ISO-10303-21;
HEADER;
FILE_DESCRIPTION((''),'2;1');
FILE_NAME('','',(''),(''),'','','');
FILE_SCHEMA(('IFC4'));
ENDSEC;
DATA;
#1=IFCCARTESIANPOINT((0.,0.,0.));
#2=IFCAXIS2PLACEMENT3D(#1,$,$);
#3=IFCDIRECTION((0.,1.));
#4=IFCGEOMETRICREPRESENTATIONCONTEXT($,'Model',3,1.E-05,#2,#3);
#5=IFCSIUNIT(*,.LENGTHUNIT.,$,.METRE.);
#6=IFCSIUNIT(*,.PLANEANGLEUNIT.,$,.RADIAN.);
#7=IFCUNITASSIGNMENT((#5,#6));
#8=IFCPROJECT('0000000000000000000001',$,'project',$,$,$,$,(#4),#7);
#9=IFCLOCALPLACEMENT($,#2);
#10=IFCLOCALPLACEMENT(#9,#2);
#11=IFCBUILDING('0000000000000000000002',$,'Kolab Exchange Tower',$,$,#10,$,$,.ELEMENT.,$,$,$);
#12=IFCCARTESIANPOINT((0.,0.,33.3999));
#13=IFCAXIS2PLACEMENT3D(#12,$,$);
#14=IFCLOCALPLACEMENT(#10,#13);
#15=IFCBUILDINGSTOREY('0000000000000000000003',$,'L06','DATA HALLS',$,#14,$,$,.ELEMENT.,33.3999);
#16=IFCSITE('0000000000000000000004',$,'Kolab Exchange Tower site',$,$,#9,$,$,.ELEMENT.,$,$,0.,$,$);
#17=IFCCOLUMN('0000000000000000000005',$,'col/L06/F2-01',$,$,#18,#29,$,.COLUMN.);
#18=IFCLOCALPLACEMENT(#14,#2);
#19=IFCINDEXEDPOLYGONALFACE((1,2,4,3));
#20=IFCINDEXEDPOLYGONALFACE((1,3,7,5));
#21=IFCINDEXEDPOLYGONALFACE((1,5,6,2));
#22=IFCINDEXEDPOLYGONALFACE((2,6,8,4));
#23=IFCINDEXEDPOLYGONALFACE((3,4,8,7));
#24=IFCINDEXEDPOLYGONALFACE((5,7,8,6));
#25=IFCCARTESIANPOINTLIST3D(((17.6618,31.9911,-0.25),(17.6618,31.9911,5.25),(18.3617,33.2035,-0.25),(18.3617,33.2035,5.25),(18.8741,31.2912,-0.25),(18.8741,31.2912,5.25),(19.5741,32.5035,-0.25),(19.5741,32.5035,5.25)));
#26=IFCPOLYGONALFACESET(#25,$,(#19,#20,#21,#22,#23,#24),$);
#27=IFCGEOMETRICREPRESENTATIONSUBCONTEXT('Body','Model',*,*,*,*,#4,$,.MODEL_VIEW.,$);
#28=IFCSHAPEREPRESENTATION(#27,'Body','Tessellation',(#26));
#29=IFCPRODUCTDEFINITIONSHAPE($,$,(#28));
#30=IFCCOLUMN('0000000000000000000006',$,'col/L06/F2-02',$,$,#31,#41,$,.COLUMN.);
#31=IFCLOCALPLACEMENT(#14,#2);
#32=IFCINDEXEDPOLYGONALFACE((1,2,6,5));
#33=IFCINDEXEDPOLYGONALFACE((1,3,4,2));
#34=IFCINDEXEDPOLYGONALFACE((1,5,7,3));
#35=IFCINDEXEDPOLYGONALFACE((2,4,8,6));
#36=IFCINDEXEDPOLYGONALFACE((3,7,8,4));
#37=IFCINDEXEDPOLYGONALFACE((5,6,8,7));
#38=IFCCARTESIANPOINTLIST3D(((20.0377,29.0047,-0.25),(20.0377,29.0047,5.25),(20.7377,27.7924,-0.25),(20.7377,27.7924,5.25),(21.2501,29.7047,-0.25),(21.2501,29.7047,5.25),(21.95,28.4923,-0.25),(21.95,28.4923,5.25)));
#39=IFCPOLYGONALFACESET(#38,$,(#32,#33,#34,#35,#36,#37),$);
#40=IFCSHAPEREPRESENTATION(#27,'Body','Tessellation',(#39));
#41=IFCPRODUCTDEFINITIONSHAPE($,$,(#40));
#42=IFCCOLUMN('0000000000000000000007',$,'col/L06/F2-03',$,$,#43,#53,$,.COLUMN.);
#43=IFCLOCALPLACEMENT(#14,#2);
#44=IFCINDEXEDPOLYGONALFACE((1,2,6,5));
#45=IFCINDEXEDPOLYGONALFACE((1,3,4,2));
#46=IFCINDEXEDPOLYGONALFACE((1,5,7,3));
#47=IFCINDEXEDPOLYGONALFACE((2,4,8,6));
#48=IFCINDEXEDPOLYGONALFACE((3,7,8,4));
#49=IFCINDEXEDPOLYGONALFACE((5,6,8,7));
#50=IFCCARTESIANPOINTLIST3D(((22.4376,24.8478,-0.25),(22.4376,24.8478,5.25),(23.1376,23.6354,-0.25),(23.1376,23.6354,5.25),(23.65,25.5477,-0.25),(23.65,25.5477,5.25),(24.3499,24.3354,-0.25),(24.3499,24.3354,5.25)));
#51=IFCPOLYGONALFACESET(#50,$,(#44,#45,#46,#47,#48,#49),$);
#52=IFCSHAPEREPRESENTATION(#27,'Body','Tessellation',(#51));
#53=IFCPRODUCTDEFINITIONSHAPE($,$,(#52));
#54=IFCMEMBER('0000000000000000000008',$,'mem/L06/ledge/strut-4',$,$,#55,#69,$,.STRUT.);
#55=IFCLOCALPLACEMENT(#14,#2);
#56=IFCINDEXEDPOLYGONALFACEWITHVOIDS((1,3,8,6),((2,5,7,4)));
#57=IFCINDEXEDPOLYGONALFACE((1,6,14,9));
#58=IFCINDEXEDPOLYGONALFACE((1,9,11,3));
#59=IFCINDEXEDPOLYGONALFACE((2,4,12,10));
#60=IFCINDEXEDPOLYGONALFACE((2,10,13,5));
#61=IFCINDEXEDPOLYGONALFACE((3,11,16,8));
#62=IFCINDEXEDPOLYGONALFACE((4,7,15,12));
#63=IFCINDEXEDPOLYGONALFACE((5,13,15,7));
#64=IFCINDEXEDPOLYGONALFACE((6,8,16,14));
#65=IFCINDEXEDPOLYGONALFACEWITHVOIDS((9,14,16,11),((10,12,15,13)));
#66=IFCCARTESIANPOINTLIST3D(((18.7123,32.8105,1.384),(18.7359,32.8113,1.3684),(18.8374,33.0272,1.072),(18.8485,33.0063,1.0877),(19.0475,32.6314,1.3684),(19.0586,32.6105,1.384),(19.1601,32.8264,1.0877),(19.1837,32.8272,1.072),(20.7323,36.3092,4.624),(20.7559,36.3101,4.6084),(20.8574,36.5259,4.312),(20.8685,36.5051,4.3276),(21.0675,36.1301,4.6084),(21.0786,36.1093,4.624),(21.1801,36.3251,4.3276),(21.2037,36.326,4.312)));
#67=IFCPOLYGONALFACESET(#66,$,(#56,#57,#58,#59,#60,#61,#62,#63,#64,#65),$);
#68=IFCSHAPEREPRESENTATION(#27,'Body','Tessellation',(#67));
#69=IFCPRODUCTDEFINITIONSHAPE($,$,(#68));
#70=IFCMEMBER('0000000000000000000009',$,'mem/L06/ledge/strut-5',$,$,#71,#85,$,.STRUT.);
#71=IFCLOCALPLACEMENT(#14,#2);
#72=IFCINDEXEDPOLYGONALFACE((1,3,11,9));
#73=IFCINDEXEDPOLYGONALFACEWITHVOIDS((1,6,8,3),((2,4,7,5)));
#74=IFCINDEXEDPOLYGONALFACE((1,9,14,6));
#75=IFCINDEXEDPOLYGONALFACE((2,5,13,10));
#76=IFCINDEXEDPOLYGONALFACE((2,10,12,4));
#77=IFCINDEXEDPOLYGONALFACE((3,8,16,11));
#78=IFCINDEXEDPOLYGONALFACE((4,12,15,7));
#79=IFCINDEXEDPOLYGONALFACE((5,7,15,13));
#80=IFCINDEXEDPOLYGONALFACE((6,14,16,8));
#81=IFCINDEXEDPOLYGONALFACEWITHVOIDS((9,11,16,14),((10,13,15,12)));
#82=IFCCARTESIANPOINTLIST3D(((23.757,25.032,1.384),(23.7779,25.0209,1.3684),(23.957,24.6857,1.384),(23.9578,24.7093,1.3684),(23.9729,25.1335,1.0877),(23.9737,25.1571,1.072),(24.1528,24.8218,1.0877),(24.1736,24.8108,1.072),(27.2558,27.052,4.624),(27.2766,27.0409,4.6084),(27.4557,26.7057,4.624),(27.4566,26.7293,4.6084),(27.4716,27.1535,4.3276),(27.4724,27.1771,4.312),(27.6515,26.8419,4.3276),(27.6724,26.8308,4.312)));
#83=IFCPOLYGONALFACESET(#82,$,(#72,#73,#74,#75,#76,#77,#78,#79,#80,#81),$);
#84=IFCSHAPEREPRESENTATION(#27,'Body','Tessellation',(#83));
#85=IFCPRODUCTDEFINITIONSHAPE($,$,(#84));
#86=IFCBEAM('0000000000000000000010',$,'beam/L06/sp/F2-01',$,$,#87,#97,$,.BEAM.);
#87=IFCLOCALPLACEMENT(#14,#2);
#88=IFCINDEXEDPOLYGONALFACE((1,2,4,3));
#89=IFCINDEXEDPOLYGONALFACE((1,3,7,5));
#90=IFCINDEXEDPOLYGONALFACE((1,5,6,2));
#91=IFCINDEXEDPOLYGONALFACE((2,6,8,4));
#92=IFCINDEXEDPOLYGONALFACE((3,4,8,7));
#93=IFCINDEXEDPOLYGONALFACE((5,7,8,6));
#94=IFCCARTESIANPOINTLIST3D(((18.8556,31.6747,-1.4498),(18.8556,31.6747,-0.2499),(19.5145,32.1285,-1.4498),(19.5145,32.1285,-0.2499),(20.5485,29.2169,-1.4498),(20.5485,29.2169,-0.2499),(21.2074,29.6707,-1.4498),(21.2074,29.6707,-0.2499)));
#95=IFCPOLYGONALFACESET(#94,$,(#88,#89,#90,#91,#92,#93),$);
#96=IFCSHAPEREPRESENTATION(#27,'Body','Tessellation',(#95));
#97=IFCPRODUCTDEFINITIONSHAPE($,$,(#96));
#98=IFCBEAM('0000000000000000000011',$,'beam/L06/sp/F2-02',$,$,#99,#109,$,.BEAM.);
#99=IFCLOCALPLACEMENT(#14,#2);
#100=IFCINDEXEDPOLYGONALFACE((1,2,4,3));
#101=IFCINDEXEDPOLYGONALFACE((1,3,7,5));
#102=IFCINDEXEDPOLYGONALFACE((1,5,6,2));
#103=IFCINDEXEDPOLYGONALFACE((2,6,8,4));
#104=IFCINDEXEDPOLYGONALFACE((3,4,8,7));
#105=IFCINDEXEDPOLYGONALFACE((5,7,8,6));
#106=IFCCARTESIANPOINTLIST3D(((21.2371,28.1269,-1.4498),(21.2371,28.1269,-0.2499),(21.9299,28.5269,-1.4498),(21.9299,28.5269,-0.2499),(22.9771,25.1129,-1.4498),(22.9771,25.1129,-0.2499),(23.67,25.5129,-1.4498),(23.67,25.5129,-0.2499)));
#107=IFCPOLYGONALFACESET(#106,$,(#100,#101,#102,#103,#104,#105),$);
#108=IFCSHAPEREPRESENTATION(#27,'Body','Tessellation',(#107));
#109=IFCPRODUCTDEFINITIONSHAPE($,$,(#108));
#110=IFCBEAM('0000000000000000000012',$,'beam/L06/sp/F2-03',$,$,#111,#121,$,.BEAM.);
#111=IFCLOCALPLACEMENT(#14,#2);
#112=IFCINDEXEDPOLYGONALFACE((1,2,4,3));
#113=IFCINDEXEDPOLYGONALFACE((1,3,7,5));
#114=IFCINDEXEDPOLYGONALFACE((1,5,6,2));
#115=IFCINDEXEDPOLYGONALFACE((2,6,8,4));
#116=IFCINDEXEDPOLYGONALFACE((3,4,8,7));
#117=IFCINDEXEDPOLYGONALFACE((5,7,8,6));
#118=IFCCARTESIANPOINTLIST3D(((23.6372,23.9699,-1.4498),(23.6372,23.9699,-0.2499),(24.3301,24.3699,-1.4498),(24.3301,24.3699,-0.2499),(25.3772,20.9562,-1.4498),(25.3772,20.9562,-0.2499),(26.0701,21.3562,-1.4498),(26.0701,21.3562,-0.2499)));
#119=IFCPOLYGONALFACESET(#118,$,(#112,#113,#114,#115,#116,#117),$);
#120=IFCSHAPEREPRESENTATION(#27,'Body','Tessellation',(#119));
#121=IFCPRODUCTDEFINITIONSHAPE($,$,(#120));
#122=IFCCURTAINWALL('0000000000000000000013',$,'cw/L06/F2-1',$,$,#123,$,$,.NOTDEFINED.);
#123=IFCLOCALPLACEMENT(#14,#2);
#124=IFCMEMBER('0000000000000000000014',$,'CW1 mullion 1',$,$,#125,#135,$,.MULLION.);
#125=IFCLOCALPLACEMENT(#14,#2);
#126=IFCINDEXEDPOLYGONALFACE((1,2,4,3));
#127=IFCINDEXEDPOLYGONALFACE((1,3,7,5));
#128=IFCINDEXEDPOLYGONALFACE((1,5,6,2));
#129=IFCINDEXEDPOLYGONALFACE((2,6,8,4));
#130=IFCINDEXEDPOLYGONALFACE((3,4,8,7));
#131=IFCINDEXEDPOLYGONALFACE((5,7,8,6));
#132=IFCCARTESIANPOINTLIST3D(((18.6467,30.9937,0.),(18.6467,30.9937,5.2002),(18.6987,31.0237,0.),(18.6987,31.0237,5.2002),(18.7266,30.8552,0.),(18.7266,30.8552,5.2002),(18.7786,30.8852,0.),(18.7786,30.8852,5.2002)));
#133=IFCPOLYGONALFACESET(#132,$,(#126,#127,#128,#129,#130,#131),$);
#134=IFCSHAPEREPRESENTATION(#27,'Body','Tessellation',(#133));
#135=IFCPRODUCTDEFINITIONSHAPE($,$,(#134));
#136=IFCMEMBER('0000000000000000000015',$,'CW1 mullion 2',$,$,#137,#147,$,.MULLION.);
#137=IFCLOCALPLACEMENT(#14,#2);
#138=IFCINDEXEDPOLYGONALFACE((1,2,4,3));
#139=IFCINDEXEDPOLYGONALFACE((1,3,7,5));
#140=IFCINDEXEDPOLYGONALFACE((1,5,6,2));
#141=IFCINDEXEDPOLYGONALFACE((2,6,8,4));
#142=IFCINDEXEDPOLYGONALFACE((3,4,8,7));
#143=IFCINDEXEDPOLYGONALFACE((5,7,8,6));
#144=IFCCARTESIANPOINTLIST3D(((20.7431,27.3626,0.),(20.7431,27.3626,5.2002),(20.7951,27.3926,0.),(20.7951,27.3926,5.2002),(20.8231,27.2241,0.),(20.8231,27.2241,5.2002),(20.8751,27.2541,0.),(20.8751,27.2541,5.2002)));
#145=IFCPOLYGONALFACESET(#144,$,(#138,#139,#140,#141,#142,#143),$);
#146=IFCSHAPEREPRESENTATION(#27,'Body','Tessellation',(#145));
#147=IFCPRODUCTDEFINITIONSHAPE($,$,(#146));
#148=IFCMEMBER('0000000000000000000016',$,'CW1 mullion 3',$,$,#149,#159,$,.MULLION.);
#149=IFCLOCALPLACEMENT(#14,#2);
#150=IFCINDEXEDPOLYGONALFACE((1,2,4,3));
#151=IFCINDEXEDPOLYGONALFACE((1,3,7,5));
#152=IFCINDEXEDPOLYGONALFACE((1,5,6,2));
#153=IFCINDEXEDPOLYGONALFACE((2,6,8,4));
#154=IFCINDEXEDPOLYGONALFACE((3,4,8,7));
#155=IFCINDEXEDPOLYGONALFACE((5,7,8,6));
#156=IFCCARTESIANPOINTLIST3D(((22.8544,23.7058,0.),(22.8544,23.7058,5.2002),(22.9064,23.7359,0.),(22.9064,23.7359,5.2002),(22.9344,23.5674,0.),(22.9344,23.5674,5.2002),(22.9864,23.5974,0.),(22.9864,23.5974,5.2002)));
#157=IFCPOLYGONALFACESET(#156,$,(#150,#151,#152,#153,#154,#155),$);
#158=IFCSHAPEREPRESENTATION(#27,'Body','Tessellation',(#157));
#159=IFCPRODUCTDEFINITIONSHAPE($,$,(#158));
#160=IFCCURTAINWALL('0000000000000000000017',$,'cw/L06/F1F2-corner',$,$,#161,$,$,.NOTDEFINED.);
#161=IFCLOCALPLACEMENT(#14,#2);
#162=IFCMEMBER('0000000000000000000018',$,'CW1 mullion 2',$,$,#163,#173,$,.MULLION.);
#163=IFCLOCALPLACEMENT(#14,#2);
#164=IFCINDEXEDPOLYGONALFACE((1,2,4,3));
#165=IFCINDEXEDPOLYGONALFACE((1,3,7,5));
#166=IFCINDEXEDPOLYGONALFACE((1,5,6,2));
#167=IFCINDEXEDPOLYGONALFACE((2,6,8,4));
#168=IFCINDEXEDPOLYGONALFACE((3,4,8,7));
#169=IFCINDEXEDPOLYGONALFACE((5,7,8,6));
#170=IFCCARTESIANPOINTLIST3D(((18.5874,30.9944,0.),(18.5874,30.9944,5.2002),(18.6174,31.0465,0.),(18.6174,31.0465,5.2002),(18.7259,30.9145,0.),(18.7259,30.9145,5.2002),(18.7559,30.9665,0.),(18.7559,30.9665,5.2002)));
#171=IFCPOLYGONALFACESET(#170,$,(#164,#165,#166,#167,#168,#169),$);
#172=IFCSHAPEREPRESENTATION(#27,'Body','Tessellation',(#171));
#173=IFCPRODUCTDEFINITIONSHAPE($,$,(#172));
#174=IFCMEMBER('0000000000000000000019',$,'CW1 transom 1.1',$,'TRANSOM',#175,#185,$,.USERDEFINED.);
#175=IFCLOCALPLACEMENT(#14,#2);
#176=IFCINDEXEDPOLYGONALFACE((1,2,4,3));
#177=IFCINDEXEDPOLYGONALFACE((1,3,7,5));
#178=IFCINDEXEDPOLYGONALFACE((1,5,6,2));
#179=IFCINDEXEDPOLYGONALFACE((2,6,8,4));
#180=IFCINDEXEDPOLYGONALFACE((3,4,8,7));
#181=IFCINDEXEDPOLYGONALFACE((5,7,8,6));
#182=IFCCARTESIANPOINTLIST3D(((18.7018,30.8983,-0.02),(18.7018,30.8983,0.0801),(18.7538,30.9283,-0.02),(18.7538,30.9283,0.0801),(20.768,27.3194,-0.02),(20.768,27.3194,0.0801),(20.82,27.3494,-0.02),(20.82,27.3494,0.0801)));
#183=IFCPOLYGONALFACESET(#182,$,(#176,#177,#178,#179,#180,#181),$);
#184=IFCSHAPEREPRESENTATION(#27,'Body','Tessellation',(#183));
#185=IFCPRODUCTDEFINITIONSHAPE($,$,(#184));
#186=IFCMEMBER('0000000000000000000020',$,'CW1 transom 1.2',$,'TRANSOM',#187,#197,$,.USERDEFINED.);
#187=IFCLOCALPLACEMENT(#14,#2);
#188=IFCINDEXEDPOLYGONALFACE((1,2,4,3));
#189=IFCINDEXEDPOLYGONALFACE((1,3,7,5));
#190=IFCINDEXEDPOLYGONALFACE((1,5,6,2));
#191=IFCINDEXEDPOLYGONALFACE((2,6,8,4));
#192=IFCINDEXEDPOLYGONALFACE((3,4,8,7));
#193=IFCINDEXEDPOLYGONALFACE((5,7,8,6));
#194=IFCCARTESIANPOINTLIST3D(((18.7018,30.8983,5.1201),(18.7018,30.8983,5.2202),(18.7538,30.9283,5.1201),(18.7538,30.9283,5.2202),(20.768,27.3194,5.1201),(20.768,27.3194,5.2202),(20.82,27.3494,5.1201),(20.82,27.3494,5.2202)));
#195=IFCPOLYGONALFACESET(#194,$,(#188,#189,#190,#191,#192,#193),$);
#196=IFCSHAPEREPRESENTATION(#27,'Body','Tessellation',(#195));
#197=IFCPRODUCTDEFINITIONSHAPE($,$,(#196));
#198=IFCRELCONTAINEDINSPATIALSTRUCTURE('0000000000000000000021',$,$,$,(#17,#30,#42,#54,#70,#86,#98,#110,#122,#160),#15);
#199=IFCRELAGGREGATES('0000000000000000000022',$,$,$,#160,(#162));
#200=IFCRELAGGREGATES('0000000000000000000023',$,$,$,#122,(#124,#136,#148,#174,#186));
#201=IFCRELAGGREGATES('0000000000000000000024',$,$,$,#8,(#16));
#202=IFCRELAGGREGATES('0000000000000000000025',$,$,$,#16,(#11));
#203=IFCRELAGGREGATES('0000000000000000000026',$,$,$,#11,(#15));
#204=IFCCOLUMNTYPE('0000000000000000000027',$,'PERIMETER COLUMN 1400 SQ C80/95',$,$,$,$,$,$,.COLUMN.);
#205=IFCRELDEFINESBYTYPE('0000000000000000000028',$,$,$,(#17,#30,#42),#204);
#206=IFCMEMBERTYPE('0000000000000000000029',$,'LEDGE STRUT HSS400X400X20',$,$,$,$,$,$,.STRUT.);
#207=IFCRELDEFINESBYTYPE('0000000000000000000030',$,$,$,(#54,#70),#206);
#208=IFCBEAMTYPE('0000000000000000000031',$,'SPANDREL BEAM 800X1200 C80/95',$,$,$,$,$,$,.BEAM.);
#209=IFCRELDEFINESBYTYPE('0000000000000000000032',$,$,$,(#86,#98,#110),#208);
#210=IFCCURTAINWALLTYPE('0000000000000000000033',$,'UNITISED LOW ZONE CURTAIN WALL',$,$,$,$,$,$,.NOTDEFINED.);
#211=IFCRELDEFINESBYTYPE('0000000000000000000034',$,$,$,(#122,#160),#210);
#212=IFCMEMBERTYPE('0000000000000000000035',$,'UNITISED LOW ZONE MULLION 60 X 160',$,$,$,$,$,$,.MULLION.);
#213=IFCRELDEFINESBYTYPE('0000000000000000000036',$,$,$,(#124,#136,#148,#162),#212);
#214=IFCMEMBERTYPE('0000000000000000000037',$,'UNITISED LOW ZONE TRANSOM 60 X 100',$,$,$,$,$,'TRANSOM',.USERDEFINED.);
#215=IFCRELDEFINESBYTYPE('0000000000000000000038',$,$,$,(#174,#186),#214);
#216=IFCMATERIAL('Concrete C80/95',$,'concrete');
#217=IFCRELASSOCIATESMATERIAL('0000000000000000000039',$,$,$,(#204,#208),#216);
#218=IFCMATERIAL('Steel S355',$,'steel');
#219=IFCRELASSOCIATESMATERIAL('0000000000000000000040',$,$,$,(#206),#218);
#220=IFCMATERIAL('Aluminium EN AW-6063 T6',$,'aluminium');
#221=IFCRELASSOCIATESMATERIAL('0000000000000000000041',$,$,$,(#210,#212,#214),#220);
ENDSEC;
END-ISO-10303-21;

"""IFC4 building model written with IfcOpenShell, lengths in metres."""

from ifc_helpers import new_model, si_unit, direction, frame, origin, origin_2d, place, context, subcontext, project, spatial, rectangle, hollow_rectangle, extrude, material, material_profile, profile_set, type_object, element, aggregate, save


model = new_model("IFC4")

# Units and contexts
model_context = context("Model", 3, precision=1e-05, world=origin(), true_north=direction((0.0, 1.0)))
body_context = subcontext(model_context, "Body", "Model", "MODEL_VIEW")
ifc_project = project(units=[si_unit("LENGTHUNIT", "METRE"), si_unit("PLANEANGLEUNIT", "RADIAN")], contexts=[model_context])

# Site, building, storey
site_placement = place(None, origin())
site = spatial("IfcSite", under=ifc_project, at=site_placement, Name="Kolab Exchange Tower site", CompositionType="ELEMENT", RefElevation=0.0)
building_placement = place(site_placement, origin())
building = spatial("IfcBuilding", under=site, at=building_placement, Name="Kolab Exchange Tower", CompositionType="ELEMENT")
storey_placement = place(building_placement, frame((0.0, 0.0, 33.3999)))
storey = spatial("IfcBuildingStorey", under=building, at=storey_placement, Name="L06", Description="DATA HALLS", CompositionType="ELEMENT", Elevation=33.3999)

# Columns
ifc_material_1 = material(Name="Concrete C80/95", Category="concrete")
ifc_material_profile_1 = material_profile(ifc_material_1, rectangle(XDim=1.3999, YDim=1.3999, at=origin_2d()), Name="RC1400")
ifc_profile_set_1 = profile_set([ifc_material_profile_1], Name="Concrete C80/95")
column_type = type_object("IfcColumnType", Name="PERIMETER COLUMN 1400 SQ C80/95", PredefinedType="COLUMN", material=ifc_profile_set_1)
for number, where, z_axis, x_axis, name in (
    (1, (18.6179, 32.2473, -0.25), (0.0, 0.0, 1.0), (0.5, 0.866025, 0.0), "col/L06/F2-01"),
    (2, (20.9939, 28.7485, -0.25), (0.0, 0.0, 1.0), (0.866025, 0.5, 0.0), "col/L06/F2-02"),
    (3, (23.3938, 24.5916, -0.25), (0.0, 0.0, 1.0), (0.866025, 0.5, 0.0), "col/L06/F2-03"),
):
    element("IfcColumn", number, at=place(storey_placement, frame(where, z_axis=z_axis, x_axis=x_axis)), inside=storey, type_object=column_type, Name=name, PredefinedType="COLUMN", context=body_context, shape_type="SweptSolid", body=[
        extrude(rectangle(XDim=1.3999, YDim=1.3999, at=origin_2d()), origin(), (0.0, 0.0, 1.0), 5.5),
    ])

# Members
ifc_material_2 = material(Name="Steel S355", Category="steel")
ifc_material_profile_2 = material_profile(ifc_material_2, hollow_rectangle(XDim=0.3999, YDim=0.3999, WallThickness=0.02, at=origin_2d()), Name="HSS400X400X20")
ifc_profile_set_2 = profile_set([ifc_material_profile_2], Name="Steel S355")
member_type_1 = type_object("IfcMemberType", Name="LEDGE STRUT HSS400X400X20", PredefinedType="STRUT", material=ifc_profile_set_2)
for number, where, z_axis, x_axis, name in (
    (4, (18.948, 32.8188, 1.228), (0.390059, 0.675603, 0.625631), (-0.866026, 0.5, 0.0), "mem/L06/ledge/strut-4"),
    (5, (23.9653, 24.9214, 1.228), (0.675603, 0.390059, 0.625631), (-0.5, 0.866026, 0.0), "mem/L06/ledge/strut-5"),
):
    element("IfcMember", number, at=place(storey_placement, frame(where, z_axis=z_axis, x_axis=x_axis)), inside=storey, type_object=member_type_1, Name=name, PredefinedType="STRUT", context=body_context, shape_type="SweptSolid", body=[
        extrude(hollow_rectangle(XDim=0.3999, YDim=0.3999, WallThickness=0.02, at=origin_2d()), origin(), (0.0, 0.0, 1.0), 5.1787),
    ])

# Beams
ifc_material_profile_3 = material_profile(ifc_material_1, rectangle(XDim=0.8, YDim=1.2, at=origin_2d()), Name="RC800X1200")
ifc_profile_set_3 = profile_set([ifc_material_profile_3], Name="Concrete C80/95")
beam_type = type_object("IfcBeamType", Name="SPANDREL BEAM 800X1200 C80/95", PredefinedType="BEAM", material=ifc_profile_set_3)
beam_1_placement = place(storey_placement, frame((19.1851, 31.9016, -0.8499), z_axis=(0.567247, -0.823548, 0.0), x_axis=(0.823548, 0.567247, 0.0)))
element("IfcBeam", 6, at=beam_1_placement, inside=storey, type_object=beam_type, Name="beam/L06/sp/F2-01", PredefinedType="BEAM", context=body_context, shape_type="SweptSolid", body=[
    extrude(rectangle(XDim=0.8, YDim=1.2, at=origin_2d()), origin(), (0.0, 0.0, 1.0), 2.9844),
])
beam_2_placement = place(storey_placement, frame((21.5835, 28.3269, -0.8499), z_axis=(0.49998, -0.866037, 0.0), x_axis=(0.866037, 0.49998, 0.0)))
element("IfcBeam", 7, at=beam_2_placement, inside=storey, type_object=beam_type, Name="beam/L06/sp/F2-02", PredefinedType="BEAM", context=body_context, shape_type="SweptSolid", body=[
    extrude(rectangle(XDim=0.8, YDim=1.2, at=origin_2d()), origin(), (0.0, 0.0, 1.0), 3.4802),
])
beam_3_placement = place(storey_placement, frame((23.9836, 24.1699, -0.8499), z_axis=(0.50001, -0.86602, 0.0), x_axis=(0.86602, 0.50001, 0.0)))
element("IfcBeam", 8, at=beam_3_placement, inside=storey, type_object=beam_type, Name="beam/L06/sp/F2-03", PredefinedType="BEAM", context=body_context, shape_type="SweptSolid", body=[
    extrude(rectangle(XDim=0.8, YDim=1.2, at=origin_2d()), origin(), (0.0, 0.0, 1.0), 3.48),
])

# Curtain wall, members
ifc_material_3 = material(Name="Aluminium EN AW-6063 T6", Category="aluminium")
curtain_wall_type = type_object("IfcCurtainWallType", Name="UNITISED LOW ZONE CURTAIN WALL", PredefinedType="NOTDEFINED", material=ifc_material_3)
curtain_wall_1_placement = place(storey_placement, origin())
curtain_wall_1 = element("IfcCurtainWall", 9, at=curtain_wall_1_placement, inside=storey, type_object=curtain_wall_type, Name="cw/L06/F2-1", PredefinedType="NOTDEFINED")
ifc_material_profile_4 = material_profile(ifc_material_3, rectangle(XDim=0.0601, YDim=0.1599, at=origin_2d()), Name="RECT 60X160")
ifc_profile_set_4 = profile_set([ifc_material_profile_4], Name="Aluminium EN AW-6063 T6")
member_type_2 = type_object("IfcMemberType", Name="UNITISED LOW ZONE MULLION 60 X 160", PredefinedType="MULLION", material=ifc_profile_set_4)
member_1_placement = place(storey_placement, frame((18.7126, 30.9395, 0.0), z_axis=(0.0, 0.0, 1.0), x_axis=(0.866025, 0.5, 0.0)))
member_1 = element("IfcMember", 10, at=member_1_placement, type_object=member_type_2, Name="CW1 mullion 1", PredefinedType="MULLION", context=body_context, shape_type="SweptSolid", body=[
    extrude(rectangle(XDim=0.0601, YDim=0.1599, at=origin_2d()), origin(), (0.0, 0.0, 1.0), 5.2002),
])
member_2_placement = place(storey_placement, frame((20.8091, 27.3083, 0.0), z_axis=(0.0, 0.0, 1.0), x_axis=(0.866025, 0.5, 0.0)))
member_2 = element("IfcMember", 11, at=member_2_placement, type_object=member_type_2, Name="CW1 mullion 2", PredefinedType="MULLION", context=body_context, shape_type="SweptSolid", body=[
    extrude(rectangle(XDim=0.0601, YDim=0.1599, at=origin_2d()), origin(), (0.0, 0.0, 1.0), 5.2002),
])
member_3_placement = place(storey_placement, frame((22.9204, 23.6516, 0.0), z_axis=(0.0, 0.0, 1.0), x_axis=(0.866025, 0.5, 0.0)))
member_3 = element("IfcMember", 12, at=member_3_placement, type_object=member_type_2, Name="CW1 mullion 3", PredefinedType="MULLION", context=body_context, shape_type="SweptSolid", body=[
    extrude(rectangle(XDim=0.0601, YDim=0.1599, at=origin_2d()), origin(), (0.0, 0.0, 1.0), 5.2002),
])

# Curtain wall, member
curtain_wall_2_placement = place(storey_placement, origin())
curtain_wall_2 = element("IfcCurtainWall", 13, at=curtain_wall_2_placement, inside=storey, type_object=curtain_wall_type, Name="cw/L06/F1F2-corner", PredefinedType="NOTDEFINED")
member_4_placement = place(storey_placement, frame((18.6716, 30.9805, 0.0), z_axis=(0.0, 0.0, 1.0), x_axis=(0.5, 0.866025, 0.0)))
member_4 = element("IfcMember", 14, at=member_4_placement, type_object=member_type_2, Name="CW1 mullion 2", PredefinedType="MULLION", context=body_context, shape_type="SweptSolid", body=[
    extrude(rectangle(XDim=0.0601, YDim=0.1599, at=origin_2d()), origin(), (0.0, 0.0, 1.0), 5.2002),
])
aggregate(curtain_wall_2, [member_4])

# Members
ifc_material_profile_5 = material_profile(ifc_material_3, rectangle(XDim=0.0601, YDim=0.1001, at=origin_2d()), Name="RECT 60X100")
ifc_profile_set_5 = profile_set([ifc_material_profile_5], Name="Aluminium EN AW-6063 T6")
member_type_3 = type_object("IfcMemberType", Name="UNITISED LOW ZONE TRANSOM 60 X 100", ElementType="TRANSOM", PredefinedType="USERDEFINED", material=ifc_profile_set_5)
member_5_placement = place(storey_placement, frame((18.7278, 30.9133, 0.03), z_axis=(0.499983, -0.866035, 0.0), x_axis=(0.866035, 0.499983, 0.0)))
member_5 = element("IfcMember", 15, at=member_5_placement, type_object=member_type_3, Name="CW1 transom 1.1", ObjectType="TRANSOM", PredefinedType="USERDEFINED", context=body_context, shape_type="SweptSolid", body=[
    extrude(rectangle(XDim=0.0601, YDim=0.1001, at=origin_2d()), origin(), (0.0, 0.0, 1.0), 4.1326),
])
member_6_placement = place(storey_placement, frame((18.7278, 30.9133, 5.1702), z_axis=(0.499983, -0.866035, 0.0), x_axis=(0.866035, 0.499983, 0.0)))
member_6 = element("IfcMember", 16, at=member_6_placement, type_object=member_type_3, Name="CW1 transom 1.2", ObjectType="TRANSOM", PredefinedType="USERDEFINED", context=body_context, shape_type="SweptSolid", body=[
    extrude(rectangle(XDim=0.0601, YDim=0.1001, at=origin_2d()), origin(), (0.0, 0.0, 1.0), 4.1326),
])

aggregate(curtain_wall_1, [member_1, member_2, member_3, member_5, member_6])

save(model, "model.ifc")
